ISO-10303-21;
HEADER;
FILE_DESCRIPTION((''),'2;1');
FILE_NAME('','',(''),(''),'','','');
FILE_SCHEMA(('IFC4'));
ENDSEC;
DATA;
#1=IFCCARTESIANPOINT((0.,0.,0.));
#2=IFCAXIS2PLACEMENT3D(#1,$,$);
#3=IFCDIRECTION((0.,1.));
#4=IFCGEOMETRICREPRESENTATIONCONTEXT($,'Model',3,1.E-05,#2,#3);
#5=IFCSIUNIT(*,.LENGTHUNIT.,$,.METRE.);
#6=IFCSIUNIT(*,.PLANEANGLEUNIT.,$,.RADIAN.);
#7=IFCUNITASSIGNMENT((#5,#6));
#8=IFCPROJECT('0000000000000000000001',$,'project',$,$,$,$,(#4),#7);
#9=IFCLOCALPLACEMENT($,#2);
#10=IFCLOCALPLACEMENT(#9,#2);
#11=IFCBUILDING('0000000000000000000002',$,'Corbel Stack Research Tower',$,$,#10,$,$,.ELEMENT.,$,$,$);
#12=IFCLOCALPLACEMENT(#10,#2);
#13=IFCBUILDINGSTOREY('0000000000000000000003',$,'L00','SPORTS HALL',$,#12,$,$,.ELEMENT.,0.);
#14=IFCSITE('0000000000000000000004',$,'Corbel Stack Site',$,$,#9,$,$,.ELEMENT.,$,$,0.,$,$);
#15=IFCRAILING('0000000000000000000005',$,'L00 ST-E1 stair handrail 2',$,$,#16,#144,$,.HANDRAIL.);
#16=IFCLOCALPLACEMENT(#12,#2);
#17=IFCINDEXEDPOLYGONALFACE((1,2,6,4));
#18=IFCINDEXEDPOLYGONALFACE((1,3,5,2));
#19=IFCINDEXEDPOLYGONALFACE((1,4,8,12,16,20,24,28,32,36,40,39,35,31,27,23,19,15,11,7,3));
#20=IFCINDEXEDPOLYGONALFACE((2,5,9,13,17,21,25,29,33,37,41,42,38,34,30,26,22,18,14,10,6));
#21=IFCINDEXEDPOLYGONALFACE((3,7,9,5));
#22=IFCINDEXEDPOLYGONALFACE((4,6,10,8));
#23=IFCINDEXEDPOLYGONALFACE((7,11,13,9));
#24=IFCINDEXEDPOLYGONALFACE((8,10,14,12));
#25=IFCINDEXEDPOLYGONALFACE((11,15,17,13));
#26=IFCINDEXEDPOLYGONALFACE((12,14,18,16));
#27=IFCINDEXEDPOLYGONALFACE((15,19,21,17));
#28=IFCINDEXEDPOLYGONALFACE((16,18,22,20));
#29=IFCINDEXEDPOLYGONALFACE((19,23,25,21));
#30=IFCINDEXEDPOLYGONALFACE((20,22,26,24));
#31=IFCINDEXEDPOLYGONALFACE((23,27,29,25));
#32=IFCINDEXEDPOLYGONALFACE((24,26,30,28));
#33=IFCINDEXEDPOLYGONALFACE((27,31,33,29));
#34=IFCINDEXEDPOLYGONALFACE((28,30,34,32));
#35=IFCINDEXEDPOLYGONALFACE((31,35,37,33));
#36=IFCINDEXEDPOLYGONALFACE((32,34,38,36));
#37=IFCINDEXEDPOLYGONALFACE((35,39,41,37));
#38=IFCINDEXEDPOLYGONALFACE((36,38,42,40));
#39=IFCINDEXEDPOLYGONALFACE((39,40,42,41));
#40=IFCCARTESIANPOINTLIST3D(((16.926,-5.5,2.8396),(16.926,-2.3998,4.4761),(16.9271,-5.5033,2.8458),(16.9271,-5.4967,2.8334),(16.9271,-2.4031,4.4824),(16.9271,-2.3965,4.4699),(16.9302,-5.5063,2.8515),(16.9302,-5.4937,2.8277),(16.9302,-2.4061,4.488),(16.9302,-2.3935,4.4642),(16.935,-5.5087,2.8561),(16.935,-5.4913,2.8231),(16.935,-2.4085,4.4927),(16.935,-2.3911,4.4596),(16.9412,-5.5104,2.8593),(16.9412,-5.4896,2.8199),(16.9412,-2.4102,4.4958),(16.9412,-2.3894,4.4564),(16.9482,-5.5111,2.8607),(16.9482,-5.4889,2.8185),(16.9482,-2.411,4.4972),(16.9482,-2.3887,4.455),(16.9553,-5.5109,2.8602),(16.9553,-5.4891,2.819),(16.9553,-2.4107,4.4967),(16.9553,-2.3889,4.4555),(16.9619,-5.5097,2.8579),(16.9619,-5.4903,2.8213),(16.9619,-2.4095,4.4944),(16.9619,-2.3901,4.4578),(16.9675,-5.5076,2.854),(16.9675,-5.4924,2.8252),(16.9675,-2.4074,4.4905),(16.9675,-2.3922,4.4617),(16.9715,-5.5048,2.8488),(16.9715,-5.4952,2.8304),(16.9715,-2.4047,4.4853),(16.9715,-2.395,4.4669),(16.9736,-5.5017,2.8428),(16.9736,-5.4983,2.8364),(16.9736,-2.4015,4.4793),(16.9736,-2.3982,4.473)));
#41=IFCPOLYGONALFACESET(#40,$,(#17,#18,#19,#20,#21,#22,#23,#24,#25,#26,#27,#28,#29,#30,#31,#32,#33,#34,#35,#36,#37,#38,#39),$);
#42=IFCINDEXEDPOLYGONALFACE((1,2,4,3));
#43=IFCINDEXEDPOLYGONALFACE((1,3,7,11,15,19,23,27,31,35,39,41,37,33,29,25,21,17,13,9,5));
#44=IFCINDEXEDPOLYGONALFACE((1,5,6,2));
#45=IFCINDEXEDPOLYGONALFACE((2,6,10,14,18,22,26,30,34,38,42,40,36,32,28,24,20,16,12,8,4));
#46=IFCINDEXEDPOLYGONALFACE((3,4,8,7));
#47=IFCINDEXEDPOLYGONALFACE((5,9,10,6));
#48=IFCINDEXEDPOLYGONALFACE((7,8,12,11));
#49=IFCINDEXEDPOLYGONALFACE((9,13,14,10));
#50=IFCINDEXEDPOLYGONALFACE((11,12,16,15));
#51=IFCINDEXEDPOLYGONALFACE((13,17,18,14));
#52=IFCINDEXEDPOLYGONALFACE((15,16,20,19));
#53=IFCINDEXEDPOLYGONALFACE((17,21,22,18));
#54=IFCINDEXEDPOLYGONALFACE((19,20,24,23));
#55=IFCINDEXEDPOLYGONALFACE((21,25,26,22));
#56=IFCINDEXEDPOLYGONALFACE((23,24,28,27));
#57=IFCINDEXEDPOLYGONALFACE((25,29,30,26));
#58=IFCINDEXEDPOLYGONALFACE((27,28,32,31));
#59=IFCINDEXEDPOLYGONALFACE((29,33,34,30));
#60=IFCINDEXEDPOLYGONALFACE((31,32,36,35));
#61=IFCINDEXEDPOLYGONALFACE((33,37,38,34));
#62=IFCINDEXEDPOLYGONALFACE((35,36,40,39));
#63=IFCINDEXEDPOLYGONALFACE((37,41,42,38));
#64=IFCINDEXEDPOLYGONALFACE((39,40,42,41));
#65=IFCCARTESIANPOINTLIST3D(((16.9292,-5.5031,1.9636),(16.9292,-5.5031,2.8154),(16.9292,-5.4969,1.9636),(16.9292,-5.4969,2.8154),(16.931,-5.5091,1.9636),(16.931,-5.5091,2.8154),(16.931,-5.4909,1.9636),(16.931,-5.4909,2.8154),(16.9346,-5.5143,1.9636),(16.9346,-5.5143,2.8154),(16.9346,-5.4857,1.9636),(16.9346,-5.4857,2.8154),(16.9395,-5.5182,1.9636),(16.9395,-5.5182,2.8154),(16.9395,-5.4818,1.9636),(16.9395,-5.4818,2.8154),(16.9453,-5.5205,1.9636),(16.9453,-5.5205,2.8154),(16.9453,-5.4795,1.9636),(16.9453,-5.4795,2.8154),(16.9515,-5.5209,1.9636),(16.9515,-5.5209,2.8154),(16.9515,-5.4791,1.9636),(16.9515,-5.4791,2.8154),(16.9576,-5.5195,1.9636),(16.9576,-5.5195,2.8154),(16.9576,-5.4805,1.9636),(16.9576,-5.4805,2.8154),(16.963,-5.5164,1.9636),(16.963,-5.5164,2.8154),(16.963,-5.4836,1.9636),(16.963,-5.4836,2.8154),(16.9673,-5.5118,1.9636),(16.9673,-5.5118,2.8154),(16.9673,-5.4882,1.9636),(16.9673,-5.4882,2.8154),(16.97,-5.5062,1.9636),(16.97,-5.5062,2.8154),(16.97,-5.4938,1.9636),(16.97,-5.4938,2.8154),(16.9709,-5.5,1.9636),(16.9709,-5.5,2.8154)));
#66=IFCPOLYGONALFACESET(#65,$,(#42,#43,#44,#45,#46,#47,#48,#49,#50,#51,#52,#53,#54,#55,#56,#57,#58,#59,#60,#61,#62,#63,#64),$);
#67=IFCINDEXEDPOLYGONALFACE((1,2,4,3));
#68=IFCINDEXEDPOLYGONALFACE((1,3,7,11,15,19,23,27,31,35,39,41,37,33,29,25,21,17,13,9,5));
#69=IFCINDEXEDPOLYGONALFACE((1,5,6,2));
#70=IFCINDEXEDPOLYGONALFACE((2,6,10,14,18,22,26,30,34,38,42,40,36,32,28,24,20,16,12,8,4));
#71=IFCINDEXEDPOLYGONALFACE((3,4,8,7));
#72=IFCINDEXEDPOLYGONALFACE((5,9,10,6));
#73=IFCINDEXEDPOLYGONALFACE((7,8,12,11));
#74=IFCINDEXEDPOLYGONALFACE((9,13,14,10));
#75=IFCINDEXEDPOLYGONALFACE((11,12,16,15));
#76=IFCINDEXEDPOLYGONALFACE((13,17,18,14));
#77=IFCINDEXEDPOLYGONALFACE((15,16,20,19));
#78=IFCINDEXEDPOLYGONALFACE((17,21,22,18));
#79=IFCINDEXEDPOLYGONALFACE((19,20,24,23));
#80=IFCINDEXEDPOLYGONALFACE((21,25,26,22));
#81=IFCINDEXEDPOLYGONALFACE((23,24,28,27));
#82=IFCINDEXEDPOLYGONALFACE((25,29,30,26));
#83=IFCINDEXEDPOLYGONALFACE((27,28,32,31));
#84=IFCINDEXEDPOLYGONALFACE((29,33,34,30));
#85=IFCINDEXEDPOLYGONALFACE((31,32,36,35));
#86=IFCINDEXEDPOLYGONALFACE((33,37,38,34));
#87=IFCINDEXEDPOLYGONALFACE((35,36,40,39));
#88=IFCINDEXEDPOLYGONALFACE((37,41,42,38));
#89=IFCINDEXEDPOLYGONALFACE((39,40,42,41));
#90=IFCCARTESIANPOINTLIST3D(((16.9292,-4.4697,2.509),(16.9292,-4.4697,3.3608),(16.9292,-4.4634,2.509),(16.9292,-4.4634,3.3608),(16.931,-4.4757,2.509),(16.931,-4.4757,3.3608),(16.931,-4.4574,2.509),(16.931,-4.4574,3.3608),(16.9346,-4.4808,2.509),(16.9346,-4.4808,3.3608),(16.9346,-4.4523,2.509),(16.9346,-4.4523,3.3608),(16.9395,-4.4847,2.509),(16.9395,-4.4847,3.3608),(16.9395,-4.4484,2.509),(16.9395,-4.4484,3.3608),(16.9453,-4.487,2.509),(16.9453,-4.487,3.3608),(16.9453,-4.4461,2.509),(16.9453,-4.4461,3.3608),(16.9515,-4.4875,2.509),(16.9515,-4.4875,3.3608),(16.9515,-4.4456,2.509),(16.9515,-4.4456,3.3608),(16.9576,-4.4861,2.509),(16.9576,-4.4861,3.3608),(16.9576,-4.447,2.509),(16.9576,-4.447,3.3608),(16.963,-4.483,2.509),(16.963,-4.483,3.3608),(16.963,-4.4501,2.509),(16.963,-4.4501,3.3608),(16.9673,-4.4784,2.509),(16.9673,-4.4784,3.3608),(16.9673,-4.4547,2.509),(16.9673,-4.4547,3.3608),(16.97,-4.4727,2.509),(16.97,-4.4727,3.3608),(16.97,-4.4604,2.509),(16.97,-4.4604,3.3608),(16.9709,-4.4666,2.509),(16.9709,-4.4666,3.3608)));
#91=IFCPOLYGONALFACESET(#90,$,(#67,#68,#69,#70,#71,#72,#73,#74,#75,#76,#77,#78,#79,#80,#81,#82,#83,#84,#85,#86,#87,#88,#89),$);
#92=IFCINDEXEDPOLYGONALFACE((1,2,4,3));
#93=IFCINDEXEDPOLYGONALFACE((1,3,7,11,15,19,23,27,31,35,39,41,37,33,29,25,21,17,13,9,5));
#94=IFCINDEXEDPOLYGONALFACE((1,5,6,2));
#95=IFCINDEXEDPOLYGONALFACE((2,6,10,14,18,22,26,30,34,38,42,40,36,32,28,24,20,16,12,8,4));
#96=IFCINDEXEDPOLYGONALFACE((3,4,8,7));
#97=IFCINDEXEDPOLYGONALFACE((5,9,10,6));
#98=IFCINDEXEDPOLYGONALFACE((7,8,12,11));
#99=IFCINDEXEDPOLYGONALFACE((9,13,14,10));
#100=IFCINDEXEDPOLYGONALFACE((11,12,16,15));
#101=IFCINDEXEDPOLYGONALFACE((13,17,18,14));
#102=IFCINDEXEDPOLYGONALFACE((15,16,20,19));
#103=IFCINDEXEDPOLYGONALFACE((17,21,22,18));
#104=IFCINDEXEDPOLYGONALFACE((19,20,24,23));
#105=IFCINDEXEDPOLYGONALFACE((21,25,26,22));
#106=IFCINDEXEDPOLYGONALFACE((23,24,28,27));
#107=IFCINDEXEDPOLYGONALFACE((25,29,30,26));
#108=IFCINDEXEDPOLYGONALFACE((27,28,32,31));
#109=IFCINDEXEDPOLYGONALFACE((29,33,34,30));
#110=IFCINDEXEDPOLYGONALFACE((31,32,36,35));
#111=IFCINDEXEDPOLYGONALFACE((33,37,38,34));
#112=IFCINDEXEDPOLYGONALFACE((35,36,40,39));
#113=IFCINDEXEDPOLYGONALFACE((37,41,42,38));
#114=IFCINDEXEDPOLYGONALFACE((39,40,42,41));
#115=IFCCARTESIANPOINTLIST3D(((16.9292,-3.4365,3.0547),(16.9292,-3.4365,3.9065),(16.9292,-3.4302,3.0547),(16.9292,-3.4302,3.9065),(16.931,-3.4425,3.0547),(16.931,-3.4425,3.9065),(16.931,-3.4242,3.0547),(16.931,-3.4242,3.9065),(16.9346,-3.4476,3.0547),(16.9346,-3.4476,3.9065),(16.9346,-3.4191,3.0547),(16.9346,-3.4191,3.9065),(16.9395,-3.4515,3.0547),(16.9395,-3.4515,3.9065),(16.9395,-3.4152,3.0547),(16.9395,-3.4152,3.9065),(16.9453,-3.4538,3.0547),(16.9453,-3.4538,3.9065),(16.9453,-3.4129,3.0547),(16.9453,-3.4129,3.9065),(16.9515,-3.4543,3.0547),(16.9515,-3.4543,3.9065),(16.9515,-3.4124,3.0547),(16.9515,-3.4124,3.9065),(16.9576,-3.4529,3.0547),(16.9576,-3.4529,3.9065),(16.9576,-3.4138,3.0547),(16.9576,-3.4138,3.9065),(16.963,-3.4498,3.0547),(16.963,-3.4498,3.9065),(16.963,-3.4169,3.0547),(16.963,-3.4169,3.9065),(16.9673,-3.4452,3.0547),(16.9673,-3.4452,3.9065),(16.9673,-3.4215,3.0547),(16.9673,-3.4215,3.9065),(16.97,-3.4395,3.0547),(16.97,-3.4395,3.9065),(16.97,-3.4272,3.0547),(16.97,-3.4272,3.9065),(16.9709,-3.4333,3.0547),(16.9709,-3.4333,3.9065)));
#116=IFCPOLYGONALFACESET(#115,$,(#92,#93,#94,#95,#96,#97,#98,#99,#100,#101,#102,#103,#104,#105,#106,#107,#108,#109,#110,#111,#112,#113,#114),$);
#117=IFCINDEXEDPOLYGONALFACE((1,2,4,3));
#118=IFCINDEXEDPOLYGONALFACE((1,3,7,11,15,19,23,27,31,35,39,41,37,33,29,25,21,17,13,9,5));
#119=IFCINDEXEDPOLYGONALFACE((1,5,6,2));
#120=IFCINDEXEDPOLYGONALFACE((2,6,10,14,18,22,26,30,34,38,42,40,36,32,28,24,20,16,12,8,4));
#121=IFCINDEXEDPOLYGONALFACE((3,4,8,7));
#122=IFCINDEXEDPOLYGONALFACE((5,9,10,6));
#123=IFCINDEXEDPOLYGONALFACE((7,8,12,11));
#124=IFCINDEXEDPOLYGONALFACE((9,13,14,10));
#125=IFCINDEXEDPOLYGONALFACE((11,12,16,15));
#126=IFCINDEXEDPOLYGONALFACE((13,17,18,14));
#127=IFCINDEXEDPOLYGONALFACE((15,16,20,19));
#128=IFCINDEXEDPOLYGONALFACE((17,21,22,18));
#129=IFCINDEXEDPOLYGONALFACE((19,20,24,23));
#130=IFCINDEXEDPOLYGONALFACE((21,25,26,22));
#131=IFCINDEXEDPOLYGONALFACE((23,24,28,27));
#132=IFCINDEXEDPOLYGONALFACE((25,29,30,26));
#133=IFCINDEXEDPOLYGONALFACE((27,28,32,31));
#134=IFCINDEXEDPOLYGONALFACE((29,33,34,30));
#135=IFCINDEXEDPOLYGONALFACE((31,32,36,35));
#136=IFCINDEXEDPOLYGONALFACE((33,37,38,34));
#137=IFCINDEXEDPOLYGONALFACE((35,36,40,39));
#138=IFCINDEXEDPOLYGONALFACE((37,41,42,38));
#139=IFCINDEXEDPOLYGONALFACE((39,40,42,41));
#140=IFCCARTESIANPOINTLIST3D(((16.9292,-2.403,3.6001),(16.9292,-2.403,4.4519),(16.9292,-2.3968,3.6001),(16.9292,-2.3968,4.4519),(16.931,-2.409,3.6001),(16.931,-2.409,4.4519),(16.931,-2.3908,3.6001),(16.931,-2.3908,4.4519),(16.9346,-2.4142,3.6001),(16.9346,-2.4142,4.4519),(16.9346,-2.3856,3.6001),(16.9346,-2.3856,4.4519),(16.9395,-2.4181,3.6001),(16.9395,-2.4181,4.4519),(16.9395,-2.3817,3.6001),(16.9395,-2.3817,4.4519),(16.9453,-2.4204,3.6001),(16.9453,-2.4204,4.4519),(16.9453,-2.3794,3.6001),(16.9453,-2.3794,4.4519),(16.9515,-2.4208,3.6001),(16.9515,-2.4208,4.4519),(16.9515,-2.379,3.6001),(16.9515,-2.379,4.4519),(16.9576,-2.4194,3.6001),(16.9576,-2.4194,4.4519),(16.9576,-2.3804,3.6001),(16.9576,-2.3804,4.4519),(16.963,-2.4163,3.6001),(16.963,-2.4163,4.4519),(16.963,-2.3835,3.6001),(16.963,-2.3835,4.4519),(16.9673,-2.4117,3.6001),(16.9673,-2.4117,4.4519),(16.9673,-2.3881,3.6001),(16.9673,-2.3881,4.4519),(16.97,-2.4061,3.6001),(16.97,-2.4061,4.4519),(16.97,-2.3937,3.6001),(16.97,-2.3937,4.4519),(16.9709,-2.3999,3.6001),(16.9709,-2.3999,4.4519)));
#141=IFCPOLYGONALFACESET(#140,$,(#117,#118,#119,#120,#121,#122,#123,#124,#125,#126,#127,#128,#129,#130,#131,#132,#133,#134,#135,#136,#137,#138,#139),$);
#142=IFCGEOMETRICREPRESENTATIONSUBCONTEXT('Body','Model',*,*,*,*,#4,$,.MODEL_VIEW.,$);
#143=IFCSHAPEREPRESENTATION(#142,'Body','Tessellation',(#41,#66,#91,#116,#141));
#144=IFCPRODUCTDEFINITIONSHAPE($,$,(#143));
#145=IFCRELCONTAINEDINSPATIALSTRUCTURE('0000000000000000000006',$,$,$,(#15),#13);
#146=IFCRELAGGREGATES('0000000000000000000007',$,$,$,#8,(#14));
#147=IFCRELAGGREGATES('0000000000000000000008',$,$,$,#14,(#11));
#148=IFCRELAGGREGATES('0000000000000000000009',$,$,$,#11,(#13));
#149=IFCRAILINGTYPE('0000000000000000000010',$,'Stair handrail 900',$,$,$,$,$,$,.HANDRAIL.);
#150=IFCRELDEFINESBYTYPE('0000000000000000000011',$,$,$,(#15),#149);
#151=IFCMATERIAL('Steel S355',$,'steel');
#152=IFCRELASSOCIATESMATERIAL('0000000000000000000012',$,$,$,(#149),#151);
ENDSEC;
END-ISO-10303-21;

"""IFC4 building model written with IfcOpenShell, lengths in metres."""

from ifc_helpers import new_model, si_unit, direction, frame, origin, origin_2d, place, context, subcontext, project, spatial, circle, extrude, material, type_object, element, save


model = new_model("IFC4")

# Units and contexts
model_context = context("Model", 3, precision=1e-05, world=origin(), true_north=direction((0.0, 1.0)))
body_context = subcontext(model_context, "Body", "Model", "MODEL_VIEW")
ifc_project = project(units=[si_unit("LENGTHUNIT", "METRE"), si_unit("PLANEANGLEUNIT", "RADIAN")], contexts=[model_context])

# Site, building, storey
site_placement = place(None, origin())
site = spatial("IfcSite", under=ifc_project, at=site_placement, Name="Corbel Stack Site", CompositionType="ELEMENT", RefElevation=0.0)
building_placement = place(site_placement, origin())
building = spatial("IfcBuilding", under=site, at=building_placement, Name="Corbel Stack Research Tower", CompositionType="ELEMENT")
storey_placement = place(building_placement, origin())
storey = spatial("IfcBuildingStorey", under=building, at=storey_placement, Name="L00", Description="SPORTS HALL", CompositionType="ELEMENT", Elevation=0.0)

# Railing
ifc_material_1 = material(Name="Steel S355", Category="steel")
railing_type_1 = type_object("IfcRailingType", Name="Stair handrail 900", PredefinedType="HANDRAIL", material=ifc_material_1)
railing_1_placement = place(storey_placement, frame((16.95, -5.5, 1.9636)))
element("IfcRailing", 1, at=railing_1_placement, inside=storey, type_object=railing_type_1, Name="L00 ST-E1 stair handrail 2", PredefinedType="HANDRAIL", context=body_context, shape_type="SweptSolid", body=[
    extrude(circle(Radius=0.0239, at=origin_2d()), frame((0.0, 0.0, 0.876), z_axis=(0.0, 0.884348, 0.466828), x_axis=(-1.0, 0.0, 0.0)), (0.0, 0.0, 1.0), 3.5056),
    extrude(circle(Radius=0.021, at=origin_2d()), origin(), (0.0, 0.0, 1.0), 0.8518),
    extrude(circle(Radius=0.021, at=origin_2d()), frame((0.0, 1.0334, 0.5454)), (0.0, 0.0, 1.0), 0.8518),
    extrude(circle(Radius=0.021, at=origin_2d()), frame((0.0, 2.0667, 1.0911)), (0.0, 0.0, 1.0), 0.8518),
    extrude(circle(Radius=0.021, at=origin_2d()), frame((0.0, 3.1001, 1.6365)), (0.0, 0.0, 1.0), 0.8518),
])

save(model, "model.ifc")
